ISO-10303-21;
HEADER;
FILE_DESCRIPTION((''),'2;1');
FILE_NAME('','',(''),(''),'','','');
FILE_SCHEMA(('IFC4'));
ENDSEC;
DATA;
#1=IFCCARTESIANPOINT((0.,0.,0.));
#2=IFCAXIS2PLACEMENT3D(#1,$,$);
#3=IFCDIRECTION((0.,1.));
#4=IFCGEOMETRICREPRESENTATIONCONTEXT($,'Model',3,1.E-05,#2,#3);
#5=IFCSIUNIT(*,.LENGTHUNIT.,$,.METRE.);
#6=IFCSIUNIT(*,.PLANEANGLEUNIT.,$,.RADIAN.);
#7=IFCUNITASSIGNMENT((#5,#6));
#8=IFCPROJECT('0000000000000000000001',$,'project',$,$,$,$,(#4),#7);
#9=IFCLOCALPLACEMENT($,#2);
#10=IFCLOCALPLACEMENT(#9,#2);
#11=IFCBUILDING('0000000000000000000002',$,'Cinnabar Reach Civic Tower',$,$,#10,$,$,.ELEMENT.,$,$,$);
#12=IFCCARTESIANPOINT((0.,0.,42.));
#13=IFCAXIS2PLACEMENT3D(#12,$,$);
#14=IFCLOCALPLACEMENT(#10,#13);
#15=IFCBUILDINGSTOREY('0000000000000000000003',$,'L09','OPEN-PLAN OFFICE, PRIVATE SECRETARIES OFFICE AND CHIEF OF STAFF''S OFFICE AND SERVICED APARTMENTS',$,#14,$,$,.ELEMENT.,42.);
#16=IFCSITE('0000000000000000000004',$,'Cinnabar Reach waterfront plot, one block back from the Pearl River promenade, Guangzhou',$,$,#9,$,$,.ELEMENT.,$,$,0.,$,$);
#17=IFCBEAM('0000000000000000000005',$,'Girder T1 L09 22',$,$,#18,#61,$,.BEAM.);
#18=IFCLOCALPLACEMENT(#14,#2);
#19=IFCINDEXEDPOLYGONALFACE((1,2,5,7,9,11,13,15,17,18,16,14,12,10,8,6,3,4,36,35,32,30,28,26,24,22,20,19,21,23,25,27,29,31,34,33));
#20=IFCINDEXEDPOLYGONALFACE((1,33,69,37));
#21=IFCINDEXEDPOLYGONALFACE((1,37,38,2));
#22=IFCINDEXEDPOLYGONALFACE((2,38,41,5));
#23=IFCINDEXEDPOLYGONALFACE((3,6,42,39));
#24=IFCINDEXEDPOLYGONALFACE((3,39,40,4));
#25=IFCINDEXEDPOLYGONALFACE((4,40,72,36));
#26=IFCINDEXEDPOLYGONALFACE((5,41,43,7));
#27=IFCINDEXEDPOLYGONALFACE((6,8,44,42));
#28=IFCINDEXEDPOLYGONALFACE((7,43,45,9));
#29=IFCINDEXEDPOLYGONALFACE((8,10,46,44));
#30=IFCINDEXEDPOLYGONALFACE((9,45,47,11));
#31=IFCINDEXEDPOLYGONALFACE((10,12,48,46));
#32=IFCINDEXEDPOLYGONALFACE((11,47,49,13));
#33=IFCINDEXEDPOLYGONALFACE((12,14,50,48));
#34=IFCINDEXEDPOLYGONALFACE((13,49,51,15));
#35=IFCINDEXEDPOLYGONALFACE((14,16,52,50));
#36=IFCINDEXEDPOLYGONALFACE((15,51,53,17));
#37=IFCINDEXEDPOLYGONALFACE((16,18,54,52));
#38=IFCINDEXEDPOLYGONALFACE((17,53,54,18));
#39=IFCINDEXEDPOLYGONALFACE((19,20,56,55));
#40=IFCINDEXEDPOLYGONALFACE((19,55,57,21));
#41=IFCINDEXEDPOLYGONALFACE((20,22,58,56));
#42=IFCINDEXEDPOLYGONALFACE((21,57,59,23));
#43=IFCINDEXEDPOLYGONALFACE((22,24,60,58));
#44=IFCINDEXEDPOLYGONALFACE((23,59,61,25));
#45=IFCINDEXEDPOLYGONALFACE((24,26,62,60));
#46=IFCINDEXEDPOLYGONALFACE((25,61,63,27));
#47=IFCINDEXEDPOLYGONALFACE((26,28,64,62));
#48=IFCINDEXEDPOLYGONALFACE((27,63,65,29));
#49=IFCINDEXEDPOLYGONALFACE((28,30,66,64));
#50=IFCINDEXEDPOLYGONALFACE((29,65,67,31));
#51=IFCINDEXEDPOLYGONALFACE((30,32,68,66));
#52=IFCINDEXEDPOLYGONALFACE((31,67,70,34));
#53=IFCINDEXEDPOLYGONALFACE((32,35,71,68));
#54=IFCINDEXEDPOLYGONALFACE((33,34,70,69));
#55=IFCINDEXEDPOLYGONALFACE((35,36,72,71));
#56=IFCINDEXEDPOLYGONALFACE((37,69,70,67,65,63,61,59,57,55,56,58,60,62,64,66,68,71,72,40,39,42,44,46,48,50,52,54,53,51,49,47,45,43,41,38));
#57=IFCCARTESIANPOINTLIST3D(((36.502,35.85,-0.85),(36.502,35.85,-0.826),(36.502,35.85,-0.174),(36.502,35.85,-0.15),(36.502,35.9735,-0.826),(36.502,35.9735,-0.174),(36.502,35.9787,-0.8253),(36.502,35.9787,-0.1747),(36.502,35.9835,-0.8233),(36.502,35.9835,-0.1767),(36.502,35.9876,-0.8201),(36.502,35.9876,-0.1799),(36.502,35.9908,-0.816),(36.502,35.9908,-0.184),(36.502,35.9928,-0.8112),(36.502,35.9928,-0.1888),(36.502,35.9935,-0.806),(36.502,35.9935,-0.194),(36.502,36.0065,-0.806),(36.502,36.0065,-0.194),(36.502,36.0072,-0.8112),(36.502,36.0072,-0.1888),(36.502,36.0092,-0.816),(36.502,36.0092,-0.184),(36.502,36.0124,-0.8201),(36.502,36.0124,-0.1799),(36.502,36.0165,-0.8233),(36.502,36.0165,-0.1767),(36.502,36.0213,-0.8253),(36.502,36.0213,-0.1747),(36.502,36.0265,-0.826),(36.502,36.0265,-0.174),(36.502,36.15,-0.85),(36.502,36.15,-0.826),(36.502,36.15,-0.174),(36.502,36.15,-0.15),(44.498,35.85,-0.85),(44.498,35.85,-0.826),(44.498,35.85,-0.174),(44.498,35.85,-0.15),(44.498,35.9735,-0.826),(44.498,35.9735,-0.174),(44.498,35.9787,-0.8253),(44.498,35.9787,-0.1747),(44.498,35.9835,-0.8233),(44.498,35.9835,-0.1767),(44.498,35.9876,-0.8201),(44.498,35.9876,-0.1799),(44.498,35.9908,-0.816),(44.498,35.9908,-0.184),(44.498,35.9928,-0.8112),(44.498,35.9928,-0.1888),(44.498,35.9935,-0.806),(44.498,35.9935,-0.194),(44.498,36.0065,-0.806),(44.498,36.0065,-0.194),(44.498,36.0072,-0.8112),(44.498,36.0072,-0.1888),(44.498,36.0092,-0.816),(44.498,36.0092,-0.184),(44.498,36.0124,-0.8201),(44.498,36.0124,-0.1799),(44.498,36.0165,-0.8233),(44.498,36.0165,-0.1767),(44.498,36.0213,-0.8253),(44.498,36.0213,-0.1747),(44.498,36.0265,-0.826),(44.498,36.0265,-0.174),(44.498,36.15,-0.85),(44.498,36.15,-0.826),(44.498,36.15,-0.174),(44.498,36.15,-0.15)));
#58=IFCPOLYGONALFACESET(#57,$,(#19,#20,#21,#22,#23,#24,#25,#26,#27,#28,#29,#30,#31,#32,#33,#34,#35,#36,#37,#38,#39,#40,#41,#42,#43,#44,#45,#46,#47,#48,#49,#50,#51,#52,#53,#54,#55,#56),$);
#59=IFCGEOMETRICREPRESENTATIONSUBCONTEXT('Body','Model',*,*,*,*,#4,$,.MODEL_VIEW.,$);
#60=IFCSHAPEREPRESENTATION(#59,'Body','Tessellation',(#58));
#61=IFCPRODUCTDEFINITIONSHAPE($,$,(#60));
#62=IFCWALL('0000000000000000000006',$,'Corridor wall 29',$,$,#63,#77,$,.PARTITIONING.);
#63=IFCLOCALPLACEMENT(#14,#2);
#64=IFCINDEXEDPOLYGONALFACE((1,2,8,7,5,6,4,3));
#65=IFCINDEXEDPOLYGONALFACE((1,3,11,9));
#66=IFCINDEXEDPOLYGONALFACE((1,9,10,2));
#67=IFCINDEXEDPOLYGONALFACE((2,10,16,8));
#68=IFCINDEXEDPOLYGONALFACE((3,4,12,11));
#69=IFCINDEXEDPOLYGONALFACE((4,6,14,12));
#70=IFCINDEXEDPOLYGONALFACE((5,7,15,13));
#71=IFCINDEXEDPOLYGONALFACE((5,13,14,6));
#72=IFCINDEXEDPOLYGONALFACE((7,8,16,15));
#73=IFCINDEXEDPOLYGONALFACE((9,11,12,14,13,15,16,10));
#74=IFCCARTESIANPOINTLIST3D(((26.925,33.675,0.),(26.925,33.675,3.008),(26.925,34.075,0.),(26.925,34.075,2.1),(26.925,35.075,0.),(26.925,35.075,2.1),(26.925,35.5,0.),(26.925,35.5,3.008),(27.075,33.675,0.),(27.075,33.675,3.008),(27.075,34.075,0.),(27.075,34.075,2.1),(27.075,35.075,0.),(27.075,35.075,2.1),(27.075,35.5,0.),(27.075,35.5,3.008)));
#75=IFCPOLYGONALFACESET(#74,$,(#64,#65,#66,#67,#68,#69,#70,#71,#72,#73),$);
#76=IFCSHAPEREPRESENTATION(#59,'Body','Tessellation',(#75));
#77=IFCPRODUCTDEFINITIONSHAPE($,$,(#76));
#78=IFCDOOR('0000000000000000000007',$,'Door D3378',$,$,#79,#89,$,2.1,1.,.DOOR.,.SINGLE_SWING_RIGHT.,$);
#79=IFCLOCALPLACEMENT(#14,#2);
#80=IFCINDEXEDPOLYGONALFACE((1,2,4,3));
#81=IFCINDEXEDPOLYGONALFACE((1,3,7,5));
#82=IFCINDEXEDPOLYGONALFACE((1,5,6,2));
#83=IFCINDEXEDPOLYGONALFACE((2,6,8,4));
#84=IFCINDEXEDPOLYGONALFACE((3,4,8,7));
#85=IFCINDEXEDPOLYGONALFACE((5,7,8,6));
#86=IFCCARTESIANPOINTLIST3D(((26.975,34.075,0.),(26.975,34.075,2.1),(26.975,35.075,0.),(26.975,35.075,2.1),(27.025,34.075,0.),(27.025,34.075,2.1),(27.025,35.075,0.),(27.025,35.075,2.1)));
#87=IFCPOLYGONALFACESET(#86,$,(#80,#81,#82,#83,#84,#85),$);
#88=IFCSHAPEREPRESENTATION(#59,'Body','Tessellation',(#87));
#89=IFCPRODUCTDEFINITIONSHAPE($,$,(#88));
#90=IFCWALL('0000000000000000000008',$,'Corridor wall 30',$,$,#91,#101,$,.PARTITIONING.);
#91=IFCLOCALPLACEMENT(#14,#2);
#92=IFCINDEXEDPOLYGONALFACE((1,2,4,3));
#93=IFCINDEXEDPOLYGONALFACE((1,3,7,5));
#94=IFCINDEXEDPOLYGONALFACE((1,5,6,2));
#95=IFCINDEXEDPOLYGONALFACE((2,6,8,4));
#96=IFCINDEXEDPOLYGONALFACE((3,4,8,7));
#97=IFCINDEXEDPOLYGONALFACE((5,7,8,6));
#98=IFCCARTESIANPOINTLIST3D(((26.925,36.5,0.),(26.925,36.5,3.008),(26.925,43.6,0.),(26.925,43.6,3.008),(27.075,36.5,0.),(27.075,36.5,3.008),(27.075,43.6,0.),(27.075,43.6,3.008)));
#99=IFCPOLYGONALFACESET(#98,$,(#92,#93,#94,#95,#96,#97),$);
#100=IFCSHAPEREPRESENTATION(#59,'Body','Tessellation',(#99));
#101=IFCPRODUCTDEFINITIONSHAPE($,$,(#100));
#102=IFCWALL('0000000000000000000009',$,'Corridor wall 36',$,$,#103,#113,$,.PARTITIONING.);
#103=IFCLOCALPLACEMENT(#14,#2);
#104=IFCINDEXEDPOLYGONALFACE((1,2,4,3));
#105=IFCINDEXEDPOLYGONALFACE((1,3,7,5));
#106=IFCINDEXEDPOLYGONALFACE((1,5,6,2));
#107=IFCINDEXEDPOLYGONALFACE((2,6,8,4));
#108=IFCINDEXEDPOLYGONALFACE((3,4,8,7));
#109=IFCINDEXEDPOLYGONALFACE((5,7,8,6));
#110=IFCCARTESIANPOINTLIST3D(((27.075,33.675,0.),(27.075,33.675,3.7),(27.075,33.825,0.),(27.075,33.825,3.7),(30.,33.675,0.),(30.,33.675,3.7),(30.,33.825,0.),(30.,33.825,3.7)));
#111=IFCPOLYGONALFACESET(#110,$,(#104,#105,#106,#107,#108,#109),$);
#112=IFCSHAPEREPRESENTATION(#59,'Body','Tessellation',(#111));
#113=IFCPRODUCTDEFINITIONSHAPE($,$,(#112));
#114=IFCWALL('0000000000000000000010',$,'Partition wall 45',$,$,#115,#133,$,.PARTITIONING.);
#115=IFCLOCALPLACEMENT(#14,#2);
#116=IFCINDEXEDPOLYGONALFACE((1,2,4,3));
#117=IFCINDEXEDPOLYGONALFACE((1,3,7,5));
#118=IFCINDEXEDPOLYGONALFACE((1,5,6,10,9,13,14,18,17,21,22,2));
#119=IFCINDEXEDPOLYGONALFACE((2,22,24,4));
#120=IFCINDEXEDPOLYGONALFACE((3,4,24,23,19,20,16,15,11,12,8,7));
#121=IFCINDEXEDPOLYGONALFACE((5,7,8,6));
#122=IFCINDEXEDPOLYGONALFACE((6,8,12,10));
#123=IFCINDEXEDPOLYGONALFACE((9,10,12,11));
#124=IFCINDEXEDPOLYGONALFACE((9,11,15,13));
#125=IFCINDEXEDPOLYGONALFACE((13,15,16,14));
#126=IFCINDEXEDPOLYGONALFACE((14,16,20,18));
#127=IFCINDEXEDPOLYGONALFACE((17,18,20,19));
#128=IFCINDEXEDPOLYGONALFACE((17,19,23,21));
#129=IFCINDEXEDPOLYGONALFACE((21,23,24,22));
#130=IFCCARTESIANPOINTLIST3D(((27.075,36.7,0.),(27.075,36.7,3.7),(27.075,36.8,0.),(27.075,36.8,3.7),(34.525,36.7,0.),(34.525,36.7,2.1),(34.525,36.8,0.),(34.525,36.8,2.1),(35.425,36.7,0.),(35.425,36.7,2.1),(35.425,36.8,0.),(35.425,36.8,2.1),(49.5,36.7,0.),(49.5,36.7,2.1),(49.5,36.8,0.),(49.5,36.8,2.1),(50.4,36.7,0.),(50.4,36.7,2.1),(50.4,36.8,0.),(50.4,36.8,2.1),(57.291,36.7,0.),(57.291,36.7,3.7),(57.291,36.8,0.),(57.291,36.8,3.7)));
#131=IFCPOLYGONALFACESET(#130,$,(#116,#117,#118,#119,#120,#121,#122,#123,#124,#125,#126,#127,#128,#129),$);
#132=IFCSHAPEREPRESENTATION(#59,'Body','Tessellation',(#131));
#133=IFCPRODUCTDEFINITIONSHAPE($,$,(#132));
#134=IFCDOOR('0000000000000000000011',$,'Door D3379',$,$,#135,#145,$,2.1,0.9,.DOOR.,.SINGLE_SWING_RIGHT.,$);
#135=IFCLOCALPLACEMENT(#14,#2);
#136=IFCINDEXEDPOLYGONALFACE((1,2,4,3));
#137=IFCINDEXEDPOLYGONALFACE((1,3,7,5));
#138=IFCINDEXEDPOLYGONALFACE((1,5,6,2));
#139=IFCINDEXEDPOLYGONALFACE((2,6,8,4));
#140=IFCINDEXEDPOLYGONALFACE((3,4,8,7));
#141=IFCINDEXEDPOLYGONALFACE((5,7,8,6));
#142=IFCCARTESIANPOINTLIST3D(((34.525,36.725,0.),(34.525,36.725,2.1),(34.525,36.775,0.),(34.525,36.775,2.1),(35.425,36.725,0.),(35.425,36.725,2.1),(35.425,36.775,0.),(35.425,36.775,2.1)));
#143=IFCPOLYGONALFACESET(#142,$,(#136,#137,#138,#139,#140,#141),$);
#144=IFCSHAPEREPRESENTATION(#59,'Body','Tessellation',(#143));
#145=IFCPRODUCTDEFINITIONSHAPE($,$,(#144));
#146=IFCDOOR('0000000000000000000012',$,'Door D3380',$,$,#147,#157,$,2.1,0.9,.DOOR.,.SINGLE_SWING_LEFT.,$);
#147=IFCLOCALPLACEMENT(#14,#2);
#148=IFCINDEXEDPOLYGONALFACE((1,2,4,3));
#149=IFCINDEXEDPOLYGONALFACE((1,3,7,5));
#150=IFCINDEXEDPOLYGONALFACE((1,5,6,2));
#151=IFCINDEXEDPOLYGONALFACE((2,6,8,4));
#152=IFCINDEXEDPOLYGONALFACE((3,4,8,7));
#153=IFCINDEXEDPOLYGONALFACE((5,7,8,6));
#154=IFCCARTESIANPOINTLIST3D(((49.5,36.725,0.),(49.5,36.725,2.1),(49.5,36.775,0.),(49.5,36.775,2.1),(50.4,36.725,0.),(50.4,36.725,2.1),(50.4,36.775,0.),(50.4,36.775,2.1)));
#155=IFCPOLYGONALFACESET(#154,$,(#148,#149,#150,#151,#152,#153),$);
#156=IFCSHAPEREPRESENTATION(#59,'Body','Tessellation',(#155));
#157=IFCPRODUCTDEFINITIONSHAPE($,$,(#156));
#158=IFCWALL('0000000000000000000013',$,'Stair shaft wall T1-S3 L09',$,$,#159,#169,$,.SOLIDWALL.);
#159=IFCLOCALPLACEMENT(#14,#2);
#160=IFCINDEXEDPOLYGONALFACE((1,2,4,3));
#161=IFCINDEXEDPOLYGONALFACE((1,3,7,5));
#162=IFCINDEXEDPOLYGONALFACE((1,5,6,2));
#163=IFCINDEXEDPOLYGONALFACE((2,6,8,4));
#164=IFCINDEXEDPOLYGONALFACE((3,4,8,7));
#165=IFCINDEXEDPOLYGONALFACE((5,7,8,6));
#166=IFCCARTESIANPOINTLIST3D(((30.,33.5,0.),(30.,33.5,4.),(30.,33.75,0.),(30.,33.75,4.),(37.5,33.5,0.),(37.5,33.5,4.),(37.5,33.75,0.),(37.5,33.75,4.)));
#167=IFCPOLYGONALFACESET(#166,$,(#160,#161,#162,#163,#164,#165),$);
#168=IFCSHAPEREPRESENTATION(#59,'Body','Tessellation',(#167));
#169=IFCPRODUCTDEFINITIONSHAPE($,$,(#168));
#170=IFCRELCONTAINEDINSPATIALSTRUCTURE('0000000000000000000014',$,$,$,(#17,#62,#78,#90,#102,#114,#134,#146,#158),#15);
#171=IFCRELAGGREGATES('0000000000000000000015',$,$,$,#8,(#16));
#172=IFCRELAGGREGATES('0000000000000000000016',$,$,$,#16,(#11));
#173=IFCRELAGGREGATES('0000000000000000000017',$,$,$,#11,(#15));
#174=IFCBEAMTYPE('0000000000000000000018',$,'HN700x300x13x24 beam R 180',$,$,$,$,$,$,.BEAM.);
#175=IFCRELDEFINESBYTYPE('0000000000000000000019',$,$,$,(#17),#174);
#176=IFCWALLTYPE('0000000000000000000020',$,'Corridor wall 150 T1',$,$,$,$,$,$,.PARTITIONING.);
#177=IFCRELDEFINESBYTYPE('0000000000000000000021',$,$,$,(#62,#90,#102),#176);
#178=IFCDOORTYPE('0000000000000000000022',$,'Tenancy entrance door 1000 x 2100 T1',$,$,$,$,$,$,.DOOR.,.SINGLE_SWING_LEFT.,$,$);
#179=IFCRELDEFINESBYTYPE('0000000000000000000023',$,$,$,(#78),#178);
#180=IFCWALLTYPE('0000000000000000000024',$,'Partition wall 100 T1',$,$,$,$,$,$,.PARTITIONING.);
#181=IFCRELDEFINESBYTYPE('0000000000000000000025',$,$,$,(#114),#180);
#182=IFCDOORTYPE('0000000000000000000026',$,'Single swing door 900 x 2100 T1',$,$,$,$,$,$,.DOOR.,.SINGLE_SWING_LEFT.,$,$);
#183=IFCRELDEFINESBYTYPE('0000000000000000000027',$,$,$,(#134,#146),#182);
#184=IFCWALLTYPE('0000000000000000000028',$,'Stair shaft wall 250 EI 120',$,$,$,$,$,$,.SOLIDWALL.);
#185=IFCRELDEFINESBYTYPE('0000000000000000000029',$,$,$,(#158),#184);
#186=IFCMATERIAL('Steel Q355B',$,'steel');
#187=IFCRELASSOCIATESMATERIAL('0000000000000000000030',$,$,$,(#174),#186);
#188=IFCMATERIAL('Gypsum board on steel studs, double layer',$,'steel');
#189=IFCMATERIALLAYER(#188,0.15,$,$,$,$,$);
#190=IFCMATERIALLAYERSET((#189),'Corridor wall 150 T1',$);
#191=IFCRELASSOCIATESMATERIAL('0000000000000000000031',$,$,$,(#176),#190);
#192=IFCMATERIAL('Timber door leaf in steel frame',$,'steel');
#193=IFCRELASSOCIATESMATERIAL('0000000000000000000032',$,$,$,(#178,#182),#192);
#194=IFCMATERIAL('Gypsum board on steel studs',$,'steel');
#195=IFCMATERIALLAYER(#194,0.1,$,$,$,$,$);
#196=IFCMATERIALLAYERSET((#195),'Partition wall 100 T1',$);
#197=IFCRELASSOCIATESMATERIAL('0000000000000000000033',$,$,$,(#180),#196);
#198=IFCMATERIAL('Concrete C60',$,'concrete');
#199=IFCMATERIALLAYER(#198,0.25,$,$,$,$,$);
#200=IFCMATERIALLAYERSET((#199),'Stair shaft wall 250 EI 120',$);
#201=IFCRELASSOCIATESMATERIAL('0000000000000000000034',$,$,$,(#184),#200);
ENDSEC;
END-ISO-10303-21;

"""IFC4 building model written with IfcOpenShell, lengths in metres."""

from ifc_helpers import new_model, si_unit, direction, frame, frame_2d, origin, origin_2d, place, context, subcontext, project, spatial, rectangle, i_section, extrude, material, layer, layer_set, material_profile, profile_set, type_object, element, fill, save


model = new_model("IFC4")

# Units and contexts
model_context = context("Model", 3, precision=1e-05, world=origin(), true_north=direction((0.0, 1.0)))
body_context = subcontext(model_context, "Body", "Model", "MODEL_VIEW")
ifc_project = project(units=[si_unit("LENGTHUNIT", "METRE"), si_unit("PLANEANGLEUNIT", "RADIAN")], contexts=[model_context])

# Site, building, storey
site_placement = place(None, origin())
site = spatial("IfcSite", under=ifc_project, at=site_placement, Name="Cinnabar Reach waterfront plot, one block back from the Pearl River promenade, Guangzhou", CompositionType="ELEMENT", RefElevation=0.0)
building_placement = place(site_placement, origin())
building = spatial("IfcBuilding", under=site, at=building_placement, Name="Cinnabar Reach Civic Tower", CompositionType="ELEMENT")
storey_placement = place(building_placement, frame((0.0, 0.0, 42.0)))
storey = spatial("IfcBuildingStorey", under=building, at=storey_placement, Name="L09", Description="OPEN-PLAN OFFICE, PRIVATE SECRETARIES OFFICE AND CHIEF OF STAFF'S OFFICE AND SERVICED APARTMENTS", CompositionType="ELEMENT", Elevation=42.0)

# Beam
ifc_material_1 = material(Name="Steel Q355B", Category="steel")
ifc_material_profile_1 = material_profile(ifc_material_1, i_section(OverallWidth=0.3, OverallDepth=0.7, WebThickness=0.013, FlangeThickness=0.024, FilletRadius=0.02, at=origin_2d()), Name="HN700x300x13x24")
ifc_profile_set_1 = profile_set([ifc_material_profile_1], Name="Steel Q355B")
beam_type_1 = type_object("IfcBeamType", Name="HN700x300x13x24 beam R 180", PredefinedType="BEAM", material=ifc_profile_set_1)
for number, where, z_axis, x_axis, name in (
    (1, (36.502, 36.0, -0.5), (1.0, 0.0, 0.0), (0.0, 1.0, 0.0), "Girder T1 L09 22"),
):
    element("IfcBeam", number, at=place(storey_placement, frame(where, z_axis=z_axis, x_axis=x_axis)), inside=storey, type_object=beam_type_1, Name=name, PredefinedType="BEAM", context=body_context, shape_type="SweptSolid", body=[
        extrude(i_section(OverallWidth=0.3, OverallDepth=0.7, WebThickness=0.013, FlangeThickness=0.024, FilletRadius=0.02, at=origin_2d()), origin(), (0.0, 0.0, 1.0), 7.996),
    ])

# Wall, opening, door
ifc_material_2 = material(Name="Gypsum board on steel studs, double layer", Category="steel")
ifc_layer_1 = layer(ifc_material_2, 0.15)
ifc_layer_set_1 = layer_set([ifc_layer_1], Name="Corridor wall 150 T1")
wall_type_1 = type_object("IfcWallType", Name="Corridor wall 150 T1", PredefinedType="PARTITIONING", material=ifc_layer_set_1)
wall_1_placement = place(storey_placement, frame((27.0, 33.675, 0.0), z_axis=(0.0, 0.0, 1.0), x_axis=(0.0, 1.0, 0.0)))
wall_1 = element("IfcWall", 2, at=wall_1_placement, inside=storey, type_object=wall_type_1, Name="Corridor wall 29", PredefinedType="PARTITIONING", context=body_context, shape_type="SweptSolid", body=[
    extrude(rectangle(XDim=1.825, YDim=0.15, at=frame_2d((0.9125, 0.0))), origin(), (0.0, 0.0, 1.0), 3.008),
])
opening_1_placement = place(wall_1_placement, frame((0.4, 0.0, 0.0)))
opening_1 = element("IfcOpeningElement", 3, at=opening_1_placement, cuts=wall_1, PredefinedType="OPENING", context=body_context, shape_type="SweptSolid", body=[
    extrude(rectangle(XDim=1.0, YDim=2.1, at=frame_2d((0.5, 1.05))), frame((0.0, 0.085, 0.0), z_axis=(0.0, -1.0, 0.0), x_axis=(1.0, 0.0, 0.0)), (0.0, 0.0, 1.0), 0.17),
])
ifc_material_3 = material(Name="Timber door leaf in steel frame", Category="steel")
door_type_1 = type_object("IfcDoorType", Name="Tenancy entrance door 1000 x 2100 T1", OperationType="SINGLE_SWING_LEFT", PredefinedType="DOOR", material=ifc_material_3)
door_1_placement = place(opening_1_placement, frame((1.0, 0.0, 0.0), z_axis=(0.0, 0.0, 1.0), x_axis=(-1.0, 0.0, 0.0)))
door_1 = element("IfcDoor", 4, at=door_1_placement, inside=storey, type_object=door_type_1, Name="Door D3378", OperationType="SINGLE_SWING_RIGHT", OverallHeight=2.1, OverallWidth=1.0, PredefinedType="DOOR", context=body_context, shape_type="SweptSolid", body=[
    extrude(rectangle(XDim=1.0, YDim=2.1, at=frame_2d((0.5, 1.05))), frame((0.0, 0.025, 0.0), z_axis=(0.0, -1.0, 0.0), x_axis=(1.0, 0.0, 0.0)), (0.0, 0.0, 1.0), 0.05),
])
fill(opening_1, door_1)

# Walls
wall_2_placement = place(storey_placement, frame((27.0, 36.5, 0.0), z_axis=(0.0, 0.0, 1.0), x_axis=(0.0, 1.0, 0.0)))
element("IfcWall", 5, at=wall_2_placement, inside=storey, type_object=wall_type_1, Name="Corridor wall 30", PredefinedType="PARTITIONING", context=body_context, shape_type="SweptSolid", body=[
    extrude(rectangle(XDim=7.1, YDim=0.15, at=frame_2d((3.55, 0.0))), origin(), (0.0, 0.0, 1.0), 3.008),
])
wall_3_placement = place(storey_placement, frame((27.075, 33.75, 0.0), z_axis=(0.0, 0.0, 1.0), x_axis=(1.0, 0.0, 0.0)))
element("IfcWall", 6, at=wall_3_placement, inside=storey, type_object=wall_type_1, Name="Corridor wall 36", PredefinedType="PARTITIONING", context=body_context, shape_type="SweptSolid", body=[
    extrude(rectangle(XDim=2.925, YDim=0.15, at=frame_2d((1.4625, 0.0))), origin(), (0.0, 0.0, 1.0), 3.7),
])

# Wall, openings, doors
ifc_material_4 = material(Name="Gypsum board on steel studs", Category="steel")
ifc_layer_2 = layer(ifc_material_4, 0.1)
ifc_layer_set_2 = layer_set([ifc_layer_2], Name="Partition wall 100 T1")
wall_type_2 = type_object("IfcWallType", Name="Partition wall 100 T1", PredefinedType="PARTITIONING", material=ifc_layer_set_2)
wall_4_placement = place(storey_placement, frame((27.075, 36.75, 0.0), z_axis=(0.0, 0.0, 1.0), x_axis=(1.0, 0.0, 0.0)))
wall_4 = element("IfcWall", 7, at=wall_4_placement, inside=storey, type_object=wall_type_2, Name="Partition wall 45", PredefinedType="PARTITIONING", context=body_context, shape_type="SweptSolid", body=[
    extrude(rectangle(XDim=30.2159, YDim=0.1, at=frame_2d((15.108, 0.0))), origin(), (0.0, 0.0, 1.0), 3.7),
])
opening_2_placement = place(wall_4_placement, frame((7.45, 0.0, 0.0)))
opening_2 = element("IfcOpeningElement", 8, at=opening_2_placement, cuts=wall_4, PredefinedType="OPENING", context=body_context, shape_type="SweptSolid", body=[
    extrude(rectangle(XDim=0.9, YDim=2.1, at=frame_2d((0.45, 1.05))), frame((0.0, 0.06, 0.0), z_axis=(0.0, -1.0, 0.0), x_axis=(1.0, 0.0, 0.0)), (0.0, 0.0, 1.0), 0.12),
])
opening_3_placement = place(wall_4_placement, frame((22.425, 0.0, 0.0)))
opening_3 = element("IfcOpeningElement", 9, at=opening_3_placement, cuts=wall_4, PredefinedType="OPENING", context=body_context, shape_type="SweptSolid", body=[
    extrude(rectangle(XDim=0.9, YDim=2.1, at=frame_2d((0.45, 1.05))), frame((0.0, 0.06, 0.0), z_axis=(0.0, -1.0, 0.0), x_axis=(1.0, 0.0, 0.0)), (0.0, 0.0, 1.0), 0.12),
])
door_type_2 = type_object("IfcDoorType", Name="Single swing door 900 x 2100 T1", OperationType="SINGLE_SWING_LEFT", PredefinedType="DOOR", material=ifc_material_3)
door_2_placement = place(opening_2_placement, origin())
door_2 = element("IfcDoor", 10, at=door_2_placement, inside=storey, type_object=door_type_2, Name="Door D3379", OperationType="SINGLE_SWING_RIGHT", OverallHeight=2.1, OverallWidth=0.9, PredefinedType="DOOR", context=body_context, shape_type="SweptSolid", body=[
    extrude(rectangle(XDim=0.9, YDim=2.1, at=frame_2d((0.45, 1.05))), frame((0.0, 0.025, 0.0), z_axis=(0.0, -1.0, 0.0), x_axis=(1.0, 0.0, 0.0)), (0.0, 0.0, 1.0), 0.05),
])
fill(opening_2, door_2)
door_3_placement = place(opening_3_placement, origin())
door_3 = element("IfcDoor", 11, at=door_3_placement, inside=storey, type_object=door_type_2, Name="Door D3380", OperationType="SINGLE_SWING_LEFT", OverallHeight=2.1, OverallWidth=0.9, PredefinedType="DOOR", context=body_context, shape_type="SweptSolid", body=[
    extrude(rectangle(XDim=0.9, YDim=2.1, at=frame_2d((0.45, 1.05))), frame((0.0, 0.025, 0.0), z_axis=(0.0, -1.0, 0.0), x_axis=(1.0, 0.0, 0.0)), (0.0, 0.0, 1.0), 0.05),
])
fill(opening_3, door_3)

# Wall
ifc_material_5 = material(Name="Concrete C60", Category="concrete")
ifc_layer_3 = layer(ifc_material_5, 0.25)
ifc_layer_set_3 = layer_set([ifc_layer_3], Name="Stair shaft wall 250 EI 120")
wall_type_3 = type_object("IfcWallType", Name="Stair shaft wall 250 EI 120", PredefinedType="SOLIDWALL", material=ifc_layer_set_3)
wall_5_placement = place(storey_placement, frame((37.5, 33.625, 0.0), z_axis=(0.0, 0.0, 1.0), x_axis=(-1.0, 0.0, 0.0)))
element("IfcWall", 12, at=wall_5_placement, inside=storey, type_object=wall_type_3, Name="Stair shaft wall T1-S3 L09", PredefinedType="SOLIDWALL", context=body_context, shape_type="SweptSolid", body=[
    extrude(rectangle(XDim=7.5, YDim=0.25, at=frame_2d((3.75, 0.0))), origin(), (0.0, 0.0, 1.0), 4.0),
])

save(model, "model.ifc")
